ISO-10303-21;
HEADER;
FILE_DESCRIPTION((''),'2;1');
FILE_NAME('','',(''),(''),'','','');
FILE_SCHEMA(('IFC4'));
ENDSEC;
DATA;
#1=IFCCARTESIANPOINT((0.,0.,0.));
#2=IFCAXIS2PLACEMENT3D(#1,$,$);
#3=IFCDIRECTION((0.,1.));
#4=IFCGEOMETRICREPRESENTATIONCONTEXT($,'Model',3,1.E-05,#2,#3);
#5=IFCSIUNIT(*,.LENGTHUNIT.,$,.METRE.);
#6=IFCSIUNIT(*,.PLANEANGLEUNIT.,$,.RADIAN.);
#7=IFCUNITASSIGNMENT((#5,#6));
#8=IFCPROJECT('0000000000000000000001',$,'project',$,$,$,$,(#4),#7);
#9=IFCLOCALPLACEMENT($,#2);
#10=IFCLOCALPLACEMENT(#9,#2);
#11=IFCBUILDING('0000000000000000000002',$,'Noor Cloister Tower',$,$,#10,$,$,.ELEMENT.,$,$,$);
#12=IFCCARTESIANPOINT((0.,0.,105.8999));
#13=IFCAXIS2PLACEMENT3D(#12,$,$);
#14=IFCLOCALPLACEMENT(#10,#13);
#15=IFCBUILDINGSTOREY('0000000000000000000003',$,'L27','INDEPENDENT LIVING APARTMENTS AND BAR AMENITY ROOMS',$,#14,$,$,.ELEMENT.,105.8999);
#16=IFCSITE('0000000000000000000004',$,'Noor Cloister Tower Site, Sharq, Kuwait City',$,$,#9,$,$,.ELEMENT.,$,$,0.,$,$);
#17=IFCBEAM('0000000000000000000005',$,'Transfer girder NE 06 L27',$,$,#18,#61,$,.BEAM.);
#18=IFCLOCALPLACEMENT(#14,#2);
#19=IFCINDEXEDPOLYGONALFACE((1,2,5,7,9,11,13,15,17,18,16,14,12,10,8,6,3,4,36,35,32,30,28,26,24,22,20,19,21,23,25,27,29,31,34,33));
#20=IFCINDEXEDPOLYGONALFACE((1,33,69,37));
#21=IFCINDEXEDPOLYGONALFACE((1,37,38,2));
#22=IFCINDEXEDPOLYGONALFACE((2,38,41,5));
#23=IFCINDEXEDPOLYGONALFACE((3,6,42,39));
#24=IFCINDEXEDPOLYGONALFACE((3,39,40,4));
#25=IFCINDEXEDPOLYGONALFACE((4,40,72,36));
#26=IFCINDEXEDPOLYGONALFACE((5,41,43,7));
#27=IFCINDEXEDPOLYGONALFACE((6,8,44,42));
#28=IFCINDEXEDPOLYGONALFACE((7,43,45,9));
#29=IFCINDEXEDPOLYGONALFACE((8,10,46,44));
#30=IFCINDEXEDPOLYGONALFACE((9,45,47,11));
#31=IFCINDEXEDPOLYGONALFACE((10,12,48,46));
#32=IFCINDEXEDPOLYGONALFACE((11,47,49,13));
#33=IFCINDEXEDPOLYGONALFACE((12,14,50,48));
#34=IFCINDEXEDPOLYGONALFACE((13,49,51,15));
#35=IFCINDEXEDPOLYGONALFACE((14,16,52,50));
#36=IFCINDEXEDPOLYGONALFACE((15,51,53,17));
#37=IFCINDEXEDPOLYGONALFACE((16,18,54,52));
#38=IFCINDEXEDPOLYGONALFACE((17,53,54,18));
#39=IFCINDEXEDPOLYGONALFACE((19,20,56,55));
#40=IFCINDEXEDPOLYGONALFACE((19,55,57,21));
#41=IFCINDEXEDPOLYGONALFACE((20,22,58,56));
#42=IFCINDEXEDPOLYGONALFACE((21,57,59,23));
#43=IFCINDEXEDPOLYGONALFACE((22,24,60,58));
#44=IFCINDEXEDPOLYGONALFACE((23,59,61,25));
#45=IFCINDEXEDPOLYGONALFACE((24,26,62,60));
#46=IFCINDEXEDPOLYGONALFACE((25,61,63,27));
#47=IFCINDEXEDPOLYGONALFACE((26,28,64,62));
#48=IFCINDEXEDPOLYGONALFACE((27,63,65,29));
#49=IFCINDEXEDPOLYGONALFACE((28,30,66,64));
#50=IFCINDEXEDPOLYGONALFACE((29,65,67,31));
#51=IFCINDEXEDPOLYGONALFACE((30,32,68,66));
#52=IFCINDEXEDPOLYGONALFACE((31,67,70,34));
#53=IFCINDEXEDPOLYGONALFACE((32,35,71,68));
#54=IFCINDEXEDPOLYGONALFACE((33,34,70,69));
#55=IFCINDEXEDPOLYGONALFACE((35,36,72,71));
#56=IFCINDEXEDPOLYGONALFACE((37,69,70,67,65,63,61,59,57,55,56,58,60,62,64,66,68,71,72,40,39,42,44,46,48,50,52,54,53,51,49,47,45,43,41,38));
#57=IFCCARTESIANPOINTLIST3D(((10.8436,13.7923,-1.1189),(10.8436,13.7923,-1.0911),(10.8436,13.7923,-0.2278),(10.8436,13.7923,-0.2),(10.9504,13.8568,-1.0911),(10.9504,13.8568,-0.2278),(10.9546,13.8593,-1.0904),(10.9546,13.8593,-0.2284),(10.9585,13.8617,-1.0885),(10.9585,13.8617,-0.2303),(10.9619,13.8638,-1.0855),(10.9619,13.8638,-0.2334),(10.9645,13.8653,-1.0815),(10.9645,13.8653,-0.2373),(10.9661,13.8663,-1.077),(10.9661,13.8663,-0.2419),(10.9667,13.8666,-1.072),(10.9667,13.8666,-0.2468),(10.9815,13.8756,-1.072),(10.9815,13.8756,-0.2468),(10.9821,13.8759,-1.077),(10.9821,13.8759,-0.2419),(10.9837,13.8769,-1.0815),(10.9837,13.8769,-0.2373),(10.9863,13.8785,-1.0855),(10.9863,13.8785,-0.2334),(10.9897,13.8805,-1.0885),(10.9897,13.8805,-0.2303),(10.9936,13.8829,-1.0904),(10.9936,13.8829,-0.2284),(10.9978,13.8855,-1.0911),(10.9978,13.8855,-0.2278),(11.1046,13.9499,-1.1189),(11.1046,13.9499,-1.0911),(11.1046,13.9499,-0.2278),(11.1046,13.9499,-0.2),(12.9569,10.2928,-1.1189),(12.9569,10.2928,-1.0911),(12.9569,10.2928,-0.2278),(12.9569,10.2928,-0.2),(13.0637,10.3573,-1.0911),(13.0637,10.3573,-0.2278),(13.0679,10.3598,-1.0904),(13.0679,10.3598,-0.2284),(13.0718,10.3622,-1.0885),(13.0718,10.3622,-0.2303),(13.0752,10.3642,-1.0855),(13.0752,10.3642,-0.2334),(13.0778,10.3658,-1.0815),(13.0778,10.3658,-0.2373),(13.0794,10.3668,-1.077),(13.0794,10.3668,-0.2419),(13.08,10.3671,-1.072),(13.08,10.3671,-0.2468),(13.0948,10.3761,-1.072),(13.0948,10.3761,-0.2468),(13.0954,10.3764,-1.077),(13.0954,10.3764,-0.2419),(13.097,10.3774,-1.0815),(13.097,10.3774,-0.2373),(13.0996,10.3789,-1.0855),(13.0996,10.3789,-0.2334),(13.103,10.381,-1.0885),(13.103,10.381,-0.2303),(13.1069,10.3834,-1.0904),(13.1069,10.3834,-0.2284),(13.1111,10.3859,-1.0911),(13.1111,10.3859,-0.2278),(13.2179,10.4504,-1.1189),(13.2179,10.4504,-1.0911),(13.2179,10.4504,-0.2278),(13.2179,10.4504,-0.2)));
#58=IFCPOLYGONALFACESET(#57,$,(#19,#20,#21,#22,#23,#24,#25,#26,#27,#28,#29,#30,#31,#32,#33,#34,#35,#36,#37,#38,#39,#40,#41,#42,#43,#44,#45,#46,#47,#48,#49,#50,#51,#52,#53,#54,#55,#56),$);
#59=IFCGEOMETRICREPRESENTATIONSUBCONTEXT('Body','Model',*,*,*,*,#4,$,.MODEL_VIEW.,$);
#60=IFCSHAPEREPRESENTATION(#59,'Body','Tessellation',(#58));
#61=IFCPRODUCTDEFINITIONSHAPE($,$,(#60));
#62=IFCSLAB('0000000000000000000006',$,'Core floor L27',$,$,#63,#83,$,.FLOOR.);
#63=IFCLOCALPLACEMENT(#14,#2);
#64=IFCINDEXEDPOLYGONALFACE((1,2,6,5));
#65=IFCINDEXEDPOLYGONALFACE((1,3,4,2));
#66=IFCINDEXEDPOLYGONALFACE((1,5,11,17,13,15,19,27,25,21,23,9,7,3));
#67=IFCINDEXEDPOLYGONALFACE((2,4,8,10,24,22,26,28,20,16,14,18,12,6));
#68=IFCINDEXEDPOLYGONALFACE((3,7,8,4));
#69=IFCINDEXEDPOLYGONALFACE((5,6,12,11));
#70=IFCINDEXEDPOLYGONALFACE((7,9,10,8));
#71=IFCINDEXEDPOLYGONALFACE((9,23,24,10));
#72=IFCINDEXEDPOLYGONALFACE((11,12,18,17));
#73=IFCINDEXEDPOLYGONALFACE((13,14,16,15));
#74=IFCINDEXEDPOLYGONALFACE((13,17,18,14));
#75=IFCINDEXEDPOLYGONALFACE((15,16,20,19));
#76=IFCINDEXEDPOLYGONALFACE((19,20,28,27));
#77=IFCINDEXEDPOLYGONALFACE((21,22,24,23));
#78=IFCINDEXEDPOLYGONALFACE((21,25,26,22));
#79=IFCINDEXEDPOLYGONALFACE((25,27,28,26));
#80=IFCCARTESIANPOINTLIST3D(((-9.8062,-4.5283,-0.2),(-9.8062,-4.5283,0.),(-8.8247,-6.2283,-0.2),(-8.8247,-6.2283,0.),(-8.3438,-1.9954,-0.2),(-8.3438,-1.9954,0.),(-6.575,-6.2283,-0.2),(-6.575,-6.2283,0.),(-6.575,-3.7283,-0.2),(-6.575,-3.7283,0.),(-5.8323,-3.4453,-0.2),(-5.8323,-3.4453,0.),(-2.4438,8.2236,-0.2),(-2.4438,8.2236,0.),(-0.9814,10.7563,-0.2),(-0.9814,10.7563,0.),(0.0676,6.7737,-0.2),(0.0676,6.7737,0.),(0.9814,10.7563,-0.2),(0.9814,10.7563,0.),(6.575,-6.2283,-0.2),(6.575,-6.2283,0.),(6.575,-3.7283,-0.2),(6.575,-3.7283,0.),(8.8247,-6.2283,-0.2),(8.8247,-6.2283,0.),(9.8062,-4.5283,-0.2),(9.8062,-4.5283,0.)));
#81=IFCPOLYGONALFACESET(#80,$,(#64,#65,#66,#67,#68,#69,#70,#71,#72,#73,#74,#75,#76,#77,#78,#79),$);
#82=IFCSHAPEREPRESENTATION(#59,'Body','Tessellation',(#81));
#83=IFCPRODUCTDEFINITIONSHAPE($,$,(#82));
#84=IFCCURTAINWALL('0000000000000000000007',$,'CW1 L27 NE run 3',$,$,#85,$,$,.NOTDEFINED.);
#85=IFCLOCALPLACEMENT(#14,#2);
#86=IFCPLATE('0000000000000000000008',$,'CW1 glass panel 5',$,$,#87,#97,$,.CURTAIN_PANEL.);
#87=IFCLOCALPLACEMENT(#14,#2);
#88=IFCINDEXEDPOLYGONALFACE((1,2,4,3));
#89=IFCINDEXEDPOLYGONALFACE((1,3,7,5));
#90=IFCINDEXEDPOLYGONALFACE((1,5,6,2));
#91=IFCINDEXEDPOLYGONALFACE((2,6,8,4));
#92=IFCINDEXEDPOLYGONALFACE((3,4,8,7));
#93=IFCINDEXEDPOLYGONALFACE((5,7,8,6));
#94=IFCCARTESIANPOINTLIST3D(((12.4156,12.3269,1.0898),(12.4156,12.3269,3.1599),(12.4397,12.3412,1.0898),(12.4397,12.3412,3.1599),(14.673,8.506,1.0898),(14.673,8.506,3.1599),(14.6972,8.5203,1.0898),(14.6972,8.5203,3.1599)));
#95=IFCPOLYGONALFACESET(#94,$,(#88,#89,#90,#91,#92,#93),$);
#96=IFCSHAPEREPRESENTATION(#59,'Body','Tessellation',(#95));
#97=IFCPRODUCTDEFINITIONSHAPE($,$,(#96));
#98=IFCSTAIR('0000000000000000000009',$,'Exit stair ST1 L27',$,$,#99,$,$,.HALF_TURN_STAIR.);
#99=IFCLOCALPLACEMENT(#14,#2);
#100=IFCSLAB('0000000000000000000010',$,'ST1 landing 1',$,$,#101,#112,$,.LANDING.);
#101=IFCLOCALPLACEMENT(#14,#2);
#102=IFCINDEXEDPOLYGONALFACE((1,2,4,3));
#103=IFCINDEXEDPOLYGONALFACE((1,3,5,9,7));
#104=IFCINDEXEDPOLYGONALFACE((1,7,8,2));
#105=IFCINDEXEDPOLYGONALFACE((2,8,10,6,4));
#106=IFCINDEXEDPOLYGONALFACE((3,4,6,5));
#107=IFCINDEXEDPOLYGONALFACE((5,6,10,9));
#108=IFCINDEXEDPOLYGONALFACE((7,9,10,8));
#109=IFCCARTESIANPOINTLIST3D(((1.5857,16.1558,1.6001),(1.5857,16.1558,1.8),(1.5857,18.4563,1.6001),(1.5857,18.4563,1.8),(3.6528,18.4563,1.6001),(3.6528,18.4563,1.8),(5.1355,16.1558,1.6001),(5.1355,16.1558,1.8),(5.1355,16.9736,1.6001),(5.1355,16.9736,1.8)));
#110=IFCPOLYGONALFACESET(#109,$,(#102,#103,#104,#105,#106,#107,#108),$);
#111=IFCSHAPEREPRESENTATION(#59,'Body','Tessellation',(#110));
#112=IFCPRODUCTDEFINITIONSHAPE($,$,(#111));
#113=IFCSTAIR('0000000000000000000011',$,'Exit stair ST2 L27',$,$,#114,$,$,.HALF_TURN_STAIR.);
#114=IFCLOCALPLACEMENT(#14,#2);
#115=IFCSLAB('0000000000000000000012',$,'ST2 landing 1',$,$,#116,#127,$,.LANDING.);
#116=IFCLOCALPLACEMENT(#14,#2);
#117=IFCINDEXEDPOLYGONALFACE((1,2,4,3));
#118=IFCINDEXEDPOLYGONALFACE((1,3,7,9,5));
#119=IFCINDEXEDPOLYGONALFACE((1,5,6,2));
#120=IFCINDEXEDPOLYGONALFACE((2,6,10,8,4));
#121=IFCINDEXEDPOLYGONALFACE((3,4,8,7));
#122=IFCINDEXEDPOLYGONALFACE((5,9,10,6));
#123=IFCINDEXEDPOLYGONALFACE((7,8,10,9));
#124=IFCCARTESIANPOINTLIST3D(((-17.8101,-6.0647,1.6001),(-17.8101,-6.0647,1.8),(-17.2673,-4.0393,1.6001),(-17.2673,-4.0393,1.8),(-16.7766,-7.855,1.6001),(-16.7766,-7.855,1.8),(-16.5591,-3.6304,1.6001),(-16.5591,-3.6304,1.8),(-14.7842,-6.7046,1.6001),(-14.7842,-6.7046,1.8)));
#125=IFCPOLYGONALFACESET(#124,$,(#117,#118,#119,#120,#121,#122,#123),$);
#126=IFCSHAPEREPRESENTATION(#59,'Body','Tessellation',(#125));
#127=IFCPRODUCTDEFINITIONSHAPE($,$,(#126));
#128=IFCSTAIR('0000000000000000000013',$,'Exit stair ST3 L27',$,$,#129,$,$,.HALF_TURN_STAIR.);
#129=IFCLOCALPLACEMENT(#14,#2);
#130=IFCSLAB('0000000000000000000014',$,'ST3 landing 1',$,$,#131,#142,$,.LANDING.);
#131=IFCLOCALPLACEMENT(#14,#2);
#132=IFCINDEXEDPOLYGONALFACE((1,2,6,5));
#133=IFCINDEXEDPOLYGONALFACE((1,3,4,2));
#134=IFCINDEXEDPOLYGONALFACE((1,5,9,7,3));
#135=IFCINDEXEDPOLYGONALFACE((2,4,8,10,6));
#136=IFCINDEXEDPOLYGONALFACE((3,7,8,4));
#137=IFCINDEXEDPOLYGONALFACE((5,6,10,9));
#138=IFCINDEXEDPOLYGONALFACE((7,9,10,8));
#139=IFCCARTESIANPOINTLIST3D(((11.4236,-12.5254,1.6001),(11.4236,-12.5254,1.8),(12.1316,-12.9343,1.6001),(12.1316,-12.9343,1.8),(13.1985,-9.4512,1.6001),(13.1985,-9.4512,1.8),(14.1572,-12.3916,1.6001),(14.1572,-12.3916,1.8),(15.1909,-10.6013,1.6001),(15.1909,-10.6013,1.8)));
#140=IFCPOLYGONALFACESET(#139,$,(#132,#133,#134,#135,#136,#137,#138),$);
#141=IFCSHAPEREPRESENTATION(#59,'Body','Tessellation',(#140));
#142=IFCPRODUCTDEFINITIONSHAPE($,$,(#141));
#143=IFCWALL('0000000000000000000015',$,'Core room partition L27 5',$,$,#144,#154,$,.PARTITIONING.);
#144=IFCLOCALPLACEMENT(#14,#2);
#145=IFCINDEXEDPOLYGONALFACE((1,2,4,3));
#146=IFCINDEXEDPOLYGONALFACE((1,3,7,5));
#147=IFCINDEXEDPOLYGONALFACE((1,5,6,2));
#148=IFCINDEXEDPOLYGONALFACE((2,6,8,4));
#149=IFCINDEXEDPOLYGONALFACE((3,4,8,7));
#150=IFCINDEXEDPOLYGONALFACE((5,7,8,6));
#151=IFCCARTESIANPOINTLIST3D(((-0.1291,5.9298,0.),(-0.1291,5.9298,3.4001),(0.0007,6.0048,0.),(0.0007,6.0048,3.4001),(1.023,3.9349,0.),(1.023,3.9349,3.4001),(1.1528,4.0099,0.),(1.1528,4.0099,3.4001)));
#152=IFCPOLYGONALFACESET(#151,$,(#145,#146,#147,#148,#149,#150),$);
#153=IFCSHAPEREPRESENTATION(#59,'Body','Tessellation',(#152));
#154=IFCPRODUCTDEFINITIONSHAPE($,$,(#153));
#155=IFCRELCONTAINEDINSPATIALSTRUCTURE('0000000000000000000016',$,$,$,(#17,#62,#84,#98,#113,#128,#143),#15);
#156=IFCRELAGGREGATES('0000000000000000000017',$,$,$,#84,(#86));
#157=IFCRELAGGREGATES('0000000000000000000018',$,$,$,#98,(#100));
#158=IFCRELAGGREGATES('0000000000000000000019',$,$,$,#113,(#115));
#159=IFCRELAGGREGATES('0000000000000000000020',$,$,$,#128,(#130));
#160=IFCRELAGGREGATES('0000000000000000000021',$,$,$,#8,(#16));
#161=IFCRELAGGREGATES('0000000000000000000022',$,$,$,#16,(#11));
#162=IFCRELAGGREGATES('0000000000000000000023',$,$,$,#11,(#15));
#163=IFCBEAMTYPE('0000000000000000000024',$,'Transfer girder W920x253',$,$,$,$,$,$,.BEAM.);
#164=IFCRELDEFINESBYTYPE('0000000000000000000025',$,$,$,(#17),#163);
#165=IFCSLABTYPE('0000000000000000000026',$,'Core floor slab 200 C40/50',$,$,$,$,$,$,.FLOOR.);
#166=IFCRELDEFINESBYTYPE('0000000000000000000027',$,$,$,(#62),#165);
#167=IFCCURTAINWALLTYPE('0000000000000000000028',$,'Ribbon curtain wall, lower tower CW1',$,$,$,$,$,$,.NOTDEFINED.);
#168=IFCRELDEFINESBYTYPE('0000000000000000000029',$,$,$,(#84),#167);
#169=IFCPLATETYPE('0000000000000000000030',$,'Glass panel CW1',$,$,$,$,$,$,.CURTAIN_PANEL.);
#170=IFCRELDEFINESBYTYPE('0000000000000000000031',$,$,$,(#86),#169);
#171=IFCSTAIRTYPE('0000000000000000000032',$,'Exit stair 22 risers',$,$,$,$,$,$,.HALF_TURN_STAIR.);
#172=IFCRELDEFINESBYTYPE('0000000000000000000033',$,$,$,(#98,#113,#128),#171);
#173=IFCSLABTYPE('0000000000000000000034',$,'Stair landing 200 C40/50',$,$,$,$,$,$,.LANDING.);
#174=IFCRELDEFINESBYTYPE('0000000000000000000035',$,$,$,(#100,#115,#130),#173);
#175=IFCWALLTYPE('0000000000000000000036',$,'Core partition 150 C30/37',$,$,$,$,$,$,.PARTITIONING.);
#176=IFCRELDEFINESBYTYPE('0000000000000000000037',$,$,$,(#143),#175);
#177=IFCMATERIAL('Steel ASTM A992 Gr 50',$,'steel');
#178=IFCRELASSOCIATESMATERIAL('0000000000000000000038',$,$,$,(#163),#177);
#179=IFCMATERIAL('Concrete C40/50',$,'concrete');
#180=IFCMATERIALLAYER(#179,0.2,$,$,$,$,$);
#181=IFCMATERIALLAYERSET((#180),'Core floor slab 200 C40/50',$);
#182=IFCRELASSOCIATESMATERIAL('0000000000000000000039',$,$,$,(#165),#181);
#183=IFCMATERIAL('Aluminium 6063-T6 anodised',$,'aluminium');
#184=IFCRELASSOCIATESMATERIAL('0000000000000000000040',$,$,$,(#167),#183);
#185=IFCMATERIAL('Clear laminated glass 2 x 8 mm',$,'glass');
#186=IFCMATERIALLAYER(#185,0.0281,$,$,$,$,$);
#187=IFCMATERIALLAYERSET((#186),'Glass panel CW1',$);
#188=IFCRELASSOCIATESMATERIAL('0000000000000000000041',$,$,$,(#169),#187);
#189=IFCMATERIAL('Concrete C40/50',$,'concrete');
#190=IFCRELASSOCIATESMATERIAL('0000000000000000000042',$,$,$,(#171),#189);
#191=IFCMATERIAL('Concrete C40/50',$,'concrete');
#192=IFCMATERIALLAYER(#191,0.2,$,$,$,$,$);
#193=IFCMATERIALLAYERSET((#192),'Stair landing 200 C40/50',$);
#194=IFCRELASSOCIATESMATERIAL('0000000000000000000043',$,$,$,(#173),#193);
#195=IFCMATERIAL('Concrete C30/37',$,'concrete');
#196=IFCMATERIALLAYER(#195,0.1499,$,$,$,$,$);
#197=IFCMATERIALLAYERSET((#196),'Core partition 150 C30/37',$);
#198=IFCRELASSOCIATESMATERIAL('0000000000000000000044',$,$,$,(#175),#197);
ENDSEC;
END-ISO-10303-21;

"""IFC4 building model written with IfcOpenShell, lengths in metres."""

from ifc_helpers import new_model, si_unit, direction, frame, frame_2d, origin, origin_2d, place, context, subcontext, project, spatial, polyline, rectangle, i_section, outline, extrude, material, layer, layer_set, material_profile, profile_set, type_object, element, aggregate, save


model = new_model("IFC4")

# Units and contexts
model_context = context("Model", 3, precision=1e-05, world=origin(), true_north=direction((0.0, 1.0)))
body_context = subcontext(model_context, "Body", "Model", "MODEL_VIEW")
ifc_project = project(units=[si_unit("LENGTHUNIT", "METRE"), si_unit("PLANEANGLEUNIT", "RADIAN")], contexts=[model_context])

# Site, building, storey
site_placement = place(None, origin())
site = spatial("IfcSite", under=ifc_project, at=site_placement, Name="Noor Cloister Tower Site, Sharq, Kuwait City", CompositionType="ELEMENT", RefElevation=0.0)
building_placement = place(site_placement, origin())
building = spatial("IfcBuilding", under=site, at=building_placement, Name="Noor Cloister Tower", CompositionType="ELEMENT")
storey_placement = place(building_placement, frame((0.0, 0.0, 105.8999)))
storey = spatial("IfcBuildingStorey", under=building, at=storey_placement, Name="L27", Description="INDEPENDENT LIVING APARTMENTS AND BAR AMENITY ROOMS", CompositionType="ELEMENT", Elevation=105.8999)

# Beam
ifc_material_1 = material(Name="Steel ASTM A992 Gr 50", Category="steel")
ifc_material_profile = material_profile(ifc_material_1, i_section(OverallWidth=0.3049, OverallDepth=0.9189, WebThickness=0.0173, FlangeThickness=0.0278, FilletRadius=0.019, at=origin_2d()), Name="W920x253")
ifc_profile_set = profile_set([ifc_material_profile], Name="Steel ASTM A992 Gr 50")
beam_type = type_object("IfcBeamType", Name="Transfer girder W920x253", PredefinedType="BEAM", material=ifc_profile_set)
beam_placement = place(storey_placement, frame((13.0874, 10.3716, -0.6594), z_axis=(-0.516935, 0.856025, 0.0), x_axis=(-0.856025, -0.516935, 0.0)))
element("IfcBeam", 1, at=beam_placement, inside=storey, type_object=beam_type, Name="Transfer girder NE 06 L27", PredefinedType="BEAM", context=body_context, shape_type="SweptSolid", body=[
    extrude(i_section(OverallWidth=0.3049, OverallDepth=0.9189, WebThickness=0.0173, FlangeThickness=0.0278, FilletRadius=0.019, at=origin_2d()), origin(), (0.0, 0.0, 1.0), 4.0881),
])

# Slab
ifc_material_2 = material(Name="Concrete C40/50", Category="concrete")
ifc_layer_1 = layer(ifc_material_2, 0.2)
ifc_layer_set_1 = layer_set([ifc_layer_1], Name="Core floor slab 200 C40/50")
slab_type_1 = type_object("IfcSlabType", Name="Core floor slab 200 C40/50", PredefinedType="FLOOR", material=ifc_layer_set_1)
slab_1_placement = place(storey_placement, frame((0.0, 0.0, -0.2)))
element("IfcSlab", 2, at=slab_1_placement, inside=storey, type_object=slab_type_1, Name="Core floor L27", PredefinedType="FLOOR", context=body_context, shape_type="SweptSolid", body=[
    extrude(outline(polyline([(-6.575, -6.2283), (-6.575, -3.7283), (6.575, -3.7283), (6.575, -6.2283), (8.8247, -6.2283), (9.8062, -4.5283), (0.9814, 10.7563), (-0.9814, 10.7563), (-2.4438, 8.2236), (0.0676, 6.7737), (-5.8323, -3.4453), (-8.3438, -1.9954), (-9.8062, -4.5283), (-8.8247, -6.2283), (-6.575, -6.2283)])), origin(), (0.0, 0.0, 1.0), 0.2),
])

# Curtain wall, plate
ifc_material_3 = material(Name="Aluminium 6063-T6 anodised", Category="aluminium")
curtain_wall_type = type_object("IfcCurtainWallType", Name="Ribbon curtain wall, lower tower CW1", PredefinedType="NOTDEFINED", material=ifc_material_3)
curtain_wall_placement = place(storey_placement, origin())
curtain_wall = element("IfcCurtainWall", 3, at=curtain_wall_placement, inside=storey, type_object=curtain_wall_type, Name="CW1 L27 NE run 3", PredefinedType="NOTDEFINED")
ifc_material_4 = material(Name="Clear laminated glass 2 x 8 mm", Category="glass")
ifc_layer_2 = layer(ifc_material_4, 0.0281)
ifc_layer_set_2 = layer_set([ifc_layer_2], Name="Glass panel CW1")
plate_type = type_object("IfcPlateType", Name="Glass panel CW1", PredefinedType="CURTAIN_PANEL", material=ifc_layer_set_2)
plate_placement = place(storey_placement, frame((13.5564, 10.4236, 1.0898), z_axis=(0.0, 0.0, 1.0), x_axis=(-0.508669, 0.860962, 0.0)))
plate = element("IfcPlate", 4, at=plate_placement, type_object=plate_type, Name="CW1 glass panel 5", PredefinedType="CURTAIN_PANEL", context=body_context, shape_type="SweptSolid", body=[
    extrude(rectangle(XDim=4.438, YDim=0.0281, at=origin_2d()), origin(), (0.0, 0.0, 1.0), 2.0701),
])
aggregate(curtain_wall, [plate])

# Stairs, slabs
ifc_material_5 = material(Name="Concrete C40/50", Category="concrete")
stair_type = type_object("IfcStairType", Name="Exit stair 22 risers", PredefinedType="HALF_TURN_STAIR", material=ifc_material_5)
stair_1_placement = place(storey_placement, origin())
stair_1 = element("IfcStair", 5, at=stair_1_placement, inside=storey, type_object=stair_type, Name="Exit stair ST1 L27", PredefinedType="HALF_TURN_STAIR")
ifc_material_6 = material(Name="Concrete C40/50", Category="concrete")
ifc_layer_3 = layer(ifc_material_6, 0.2)
ifc_layer_set_3 = layer_set([ifc_layer_3], Name="Stair landing 200 C40/50")
slab_type_2 = type_object("IfcSlabType", Name="Stair landing 200 C40/50", PredefinedType="LANDING", material=ifc_layer_set_3)
slab_2_placement = place(storey_placement, frame((0.0, 0.0, 1.6001)))
slab_2 = element("IfcSlab", 6, at=slab_2_placement, type_object=slab_type_2, Name="ST1 landing 1", PredefinedType="LANDING", context=body_context, shape_type="SweptSolid", body=[
    extrude(outline(polyline([(5.1355, 16.1558), (5.1355, 16.9736), (3.6528, 18.4563), (1.5857, 18.4563), (1.5857, 16.1558), (5.1355, 16.1558)])), origin(), (0.0, 0.0, 1.0), 0.2),
])
aggregate(stair_1, [slab_2])
stair_2_placement = place(storey_placement, origin())
stair_2 = element("IfcStair", 7, at=stair_2_placement, inside=storey, type_object=stair_type, Name="Exit stair ST2 L27", PredefinedType="HALF_TURN_STAIR")
slab_3_placement = place(storey_placement, frame((0.0, 0.0, 1.6001)))
slab_3 = element("IfcSlab", 8, at=slab_3_placement, type_object=slab_type_2, Name="ST2 landing 1", PredefinedType="LANDING", context=body_context, shape_type="SweptSolid", body=[
    extrude(outline(polyline([(-16.5591, -3.6304), (-17.2673, -4.0393), (-17.8101, -6.0647), (-16.7766, -7.855), (-14.7842, -6.7046), (-16.5591, -3.6304)])), origin(), (0.0, 0.0, 1.0), 0.2),
])
aggregate(stair_2, [slab_3])
stair_3_placement = place(storey_placement, origin())
stair_3 = element("IfcStair", 9, at=stair_3_placement, inside=storey, type_object=stair_type, Name="Exit stair ST3 L27", PredefinedType="HALF_TURN_STAIR")
slab_4_placement = place(storey_placement, frame((0.0, 0.0, 1.6001)))
slab_4 = element("IfcSlab", 10, at=slab_4_placement, type_object=slab_type_2, Name="ST3 landing 1", PredefinedType="LANDING", context=body_context, shape_type="SweptSolid", body=[
    extrude(outline(polyline([(11.4236, -12.5254), (12.1316, -12.9343), (14.1572, -12.3916), (15.1909, -10.6013), (13.1985, -9.4512), (11.4236, -12.5254)])), origin(), (0.0, 0.0, 1.0), 0.2),
])
aggregate(stair_3, [slab_4])

# Wall
ifc_material_7 = material(Name="Concrete C30/37", Category="concrete")
ifc_layer_4 = layer(ifc_material_7, 0.1499)
ifc_layer_set_4 = layer_set([ifc_layer_4], Name="Core partition 150 C30/37")
wall_type_1 = type_object("IfcWallType", Name="Core partition 150 C30/37", PredefinedType="PARTITIONING", material=ifc_layer_set_4)
wall_1_placement = place(storey_placement, frame((1.0879, 3.9724, 0.0), z_axis=(0.0, 0.0, 1.0), x_axis=(-0.500117, 0.865958, 0.0)))
element("IfcWall", 11, at=wall_1_placement, inside=storey, type_object=wall_type_1, Name="Core room partition L27 5", PredefinedType="PARTITIONING", context=body_context, shape_type="SweptSolid", body=[
    extrude(rectangle(XDim=2.3037, YDim=0.1499, at=frame_2d((1.1519, 0.0))), origin(), (0.0, 0.0, 1.0), 3.4001),
])

save(model, "model.ifc")
